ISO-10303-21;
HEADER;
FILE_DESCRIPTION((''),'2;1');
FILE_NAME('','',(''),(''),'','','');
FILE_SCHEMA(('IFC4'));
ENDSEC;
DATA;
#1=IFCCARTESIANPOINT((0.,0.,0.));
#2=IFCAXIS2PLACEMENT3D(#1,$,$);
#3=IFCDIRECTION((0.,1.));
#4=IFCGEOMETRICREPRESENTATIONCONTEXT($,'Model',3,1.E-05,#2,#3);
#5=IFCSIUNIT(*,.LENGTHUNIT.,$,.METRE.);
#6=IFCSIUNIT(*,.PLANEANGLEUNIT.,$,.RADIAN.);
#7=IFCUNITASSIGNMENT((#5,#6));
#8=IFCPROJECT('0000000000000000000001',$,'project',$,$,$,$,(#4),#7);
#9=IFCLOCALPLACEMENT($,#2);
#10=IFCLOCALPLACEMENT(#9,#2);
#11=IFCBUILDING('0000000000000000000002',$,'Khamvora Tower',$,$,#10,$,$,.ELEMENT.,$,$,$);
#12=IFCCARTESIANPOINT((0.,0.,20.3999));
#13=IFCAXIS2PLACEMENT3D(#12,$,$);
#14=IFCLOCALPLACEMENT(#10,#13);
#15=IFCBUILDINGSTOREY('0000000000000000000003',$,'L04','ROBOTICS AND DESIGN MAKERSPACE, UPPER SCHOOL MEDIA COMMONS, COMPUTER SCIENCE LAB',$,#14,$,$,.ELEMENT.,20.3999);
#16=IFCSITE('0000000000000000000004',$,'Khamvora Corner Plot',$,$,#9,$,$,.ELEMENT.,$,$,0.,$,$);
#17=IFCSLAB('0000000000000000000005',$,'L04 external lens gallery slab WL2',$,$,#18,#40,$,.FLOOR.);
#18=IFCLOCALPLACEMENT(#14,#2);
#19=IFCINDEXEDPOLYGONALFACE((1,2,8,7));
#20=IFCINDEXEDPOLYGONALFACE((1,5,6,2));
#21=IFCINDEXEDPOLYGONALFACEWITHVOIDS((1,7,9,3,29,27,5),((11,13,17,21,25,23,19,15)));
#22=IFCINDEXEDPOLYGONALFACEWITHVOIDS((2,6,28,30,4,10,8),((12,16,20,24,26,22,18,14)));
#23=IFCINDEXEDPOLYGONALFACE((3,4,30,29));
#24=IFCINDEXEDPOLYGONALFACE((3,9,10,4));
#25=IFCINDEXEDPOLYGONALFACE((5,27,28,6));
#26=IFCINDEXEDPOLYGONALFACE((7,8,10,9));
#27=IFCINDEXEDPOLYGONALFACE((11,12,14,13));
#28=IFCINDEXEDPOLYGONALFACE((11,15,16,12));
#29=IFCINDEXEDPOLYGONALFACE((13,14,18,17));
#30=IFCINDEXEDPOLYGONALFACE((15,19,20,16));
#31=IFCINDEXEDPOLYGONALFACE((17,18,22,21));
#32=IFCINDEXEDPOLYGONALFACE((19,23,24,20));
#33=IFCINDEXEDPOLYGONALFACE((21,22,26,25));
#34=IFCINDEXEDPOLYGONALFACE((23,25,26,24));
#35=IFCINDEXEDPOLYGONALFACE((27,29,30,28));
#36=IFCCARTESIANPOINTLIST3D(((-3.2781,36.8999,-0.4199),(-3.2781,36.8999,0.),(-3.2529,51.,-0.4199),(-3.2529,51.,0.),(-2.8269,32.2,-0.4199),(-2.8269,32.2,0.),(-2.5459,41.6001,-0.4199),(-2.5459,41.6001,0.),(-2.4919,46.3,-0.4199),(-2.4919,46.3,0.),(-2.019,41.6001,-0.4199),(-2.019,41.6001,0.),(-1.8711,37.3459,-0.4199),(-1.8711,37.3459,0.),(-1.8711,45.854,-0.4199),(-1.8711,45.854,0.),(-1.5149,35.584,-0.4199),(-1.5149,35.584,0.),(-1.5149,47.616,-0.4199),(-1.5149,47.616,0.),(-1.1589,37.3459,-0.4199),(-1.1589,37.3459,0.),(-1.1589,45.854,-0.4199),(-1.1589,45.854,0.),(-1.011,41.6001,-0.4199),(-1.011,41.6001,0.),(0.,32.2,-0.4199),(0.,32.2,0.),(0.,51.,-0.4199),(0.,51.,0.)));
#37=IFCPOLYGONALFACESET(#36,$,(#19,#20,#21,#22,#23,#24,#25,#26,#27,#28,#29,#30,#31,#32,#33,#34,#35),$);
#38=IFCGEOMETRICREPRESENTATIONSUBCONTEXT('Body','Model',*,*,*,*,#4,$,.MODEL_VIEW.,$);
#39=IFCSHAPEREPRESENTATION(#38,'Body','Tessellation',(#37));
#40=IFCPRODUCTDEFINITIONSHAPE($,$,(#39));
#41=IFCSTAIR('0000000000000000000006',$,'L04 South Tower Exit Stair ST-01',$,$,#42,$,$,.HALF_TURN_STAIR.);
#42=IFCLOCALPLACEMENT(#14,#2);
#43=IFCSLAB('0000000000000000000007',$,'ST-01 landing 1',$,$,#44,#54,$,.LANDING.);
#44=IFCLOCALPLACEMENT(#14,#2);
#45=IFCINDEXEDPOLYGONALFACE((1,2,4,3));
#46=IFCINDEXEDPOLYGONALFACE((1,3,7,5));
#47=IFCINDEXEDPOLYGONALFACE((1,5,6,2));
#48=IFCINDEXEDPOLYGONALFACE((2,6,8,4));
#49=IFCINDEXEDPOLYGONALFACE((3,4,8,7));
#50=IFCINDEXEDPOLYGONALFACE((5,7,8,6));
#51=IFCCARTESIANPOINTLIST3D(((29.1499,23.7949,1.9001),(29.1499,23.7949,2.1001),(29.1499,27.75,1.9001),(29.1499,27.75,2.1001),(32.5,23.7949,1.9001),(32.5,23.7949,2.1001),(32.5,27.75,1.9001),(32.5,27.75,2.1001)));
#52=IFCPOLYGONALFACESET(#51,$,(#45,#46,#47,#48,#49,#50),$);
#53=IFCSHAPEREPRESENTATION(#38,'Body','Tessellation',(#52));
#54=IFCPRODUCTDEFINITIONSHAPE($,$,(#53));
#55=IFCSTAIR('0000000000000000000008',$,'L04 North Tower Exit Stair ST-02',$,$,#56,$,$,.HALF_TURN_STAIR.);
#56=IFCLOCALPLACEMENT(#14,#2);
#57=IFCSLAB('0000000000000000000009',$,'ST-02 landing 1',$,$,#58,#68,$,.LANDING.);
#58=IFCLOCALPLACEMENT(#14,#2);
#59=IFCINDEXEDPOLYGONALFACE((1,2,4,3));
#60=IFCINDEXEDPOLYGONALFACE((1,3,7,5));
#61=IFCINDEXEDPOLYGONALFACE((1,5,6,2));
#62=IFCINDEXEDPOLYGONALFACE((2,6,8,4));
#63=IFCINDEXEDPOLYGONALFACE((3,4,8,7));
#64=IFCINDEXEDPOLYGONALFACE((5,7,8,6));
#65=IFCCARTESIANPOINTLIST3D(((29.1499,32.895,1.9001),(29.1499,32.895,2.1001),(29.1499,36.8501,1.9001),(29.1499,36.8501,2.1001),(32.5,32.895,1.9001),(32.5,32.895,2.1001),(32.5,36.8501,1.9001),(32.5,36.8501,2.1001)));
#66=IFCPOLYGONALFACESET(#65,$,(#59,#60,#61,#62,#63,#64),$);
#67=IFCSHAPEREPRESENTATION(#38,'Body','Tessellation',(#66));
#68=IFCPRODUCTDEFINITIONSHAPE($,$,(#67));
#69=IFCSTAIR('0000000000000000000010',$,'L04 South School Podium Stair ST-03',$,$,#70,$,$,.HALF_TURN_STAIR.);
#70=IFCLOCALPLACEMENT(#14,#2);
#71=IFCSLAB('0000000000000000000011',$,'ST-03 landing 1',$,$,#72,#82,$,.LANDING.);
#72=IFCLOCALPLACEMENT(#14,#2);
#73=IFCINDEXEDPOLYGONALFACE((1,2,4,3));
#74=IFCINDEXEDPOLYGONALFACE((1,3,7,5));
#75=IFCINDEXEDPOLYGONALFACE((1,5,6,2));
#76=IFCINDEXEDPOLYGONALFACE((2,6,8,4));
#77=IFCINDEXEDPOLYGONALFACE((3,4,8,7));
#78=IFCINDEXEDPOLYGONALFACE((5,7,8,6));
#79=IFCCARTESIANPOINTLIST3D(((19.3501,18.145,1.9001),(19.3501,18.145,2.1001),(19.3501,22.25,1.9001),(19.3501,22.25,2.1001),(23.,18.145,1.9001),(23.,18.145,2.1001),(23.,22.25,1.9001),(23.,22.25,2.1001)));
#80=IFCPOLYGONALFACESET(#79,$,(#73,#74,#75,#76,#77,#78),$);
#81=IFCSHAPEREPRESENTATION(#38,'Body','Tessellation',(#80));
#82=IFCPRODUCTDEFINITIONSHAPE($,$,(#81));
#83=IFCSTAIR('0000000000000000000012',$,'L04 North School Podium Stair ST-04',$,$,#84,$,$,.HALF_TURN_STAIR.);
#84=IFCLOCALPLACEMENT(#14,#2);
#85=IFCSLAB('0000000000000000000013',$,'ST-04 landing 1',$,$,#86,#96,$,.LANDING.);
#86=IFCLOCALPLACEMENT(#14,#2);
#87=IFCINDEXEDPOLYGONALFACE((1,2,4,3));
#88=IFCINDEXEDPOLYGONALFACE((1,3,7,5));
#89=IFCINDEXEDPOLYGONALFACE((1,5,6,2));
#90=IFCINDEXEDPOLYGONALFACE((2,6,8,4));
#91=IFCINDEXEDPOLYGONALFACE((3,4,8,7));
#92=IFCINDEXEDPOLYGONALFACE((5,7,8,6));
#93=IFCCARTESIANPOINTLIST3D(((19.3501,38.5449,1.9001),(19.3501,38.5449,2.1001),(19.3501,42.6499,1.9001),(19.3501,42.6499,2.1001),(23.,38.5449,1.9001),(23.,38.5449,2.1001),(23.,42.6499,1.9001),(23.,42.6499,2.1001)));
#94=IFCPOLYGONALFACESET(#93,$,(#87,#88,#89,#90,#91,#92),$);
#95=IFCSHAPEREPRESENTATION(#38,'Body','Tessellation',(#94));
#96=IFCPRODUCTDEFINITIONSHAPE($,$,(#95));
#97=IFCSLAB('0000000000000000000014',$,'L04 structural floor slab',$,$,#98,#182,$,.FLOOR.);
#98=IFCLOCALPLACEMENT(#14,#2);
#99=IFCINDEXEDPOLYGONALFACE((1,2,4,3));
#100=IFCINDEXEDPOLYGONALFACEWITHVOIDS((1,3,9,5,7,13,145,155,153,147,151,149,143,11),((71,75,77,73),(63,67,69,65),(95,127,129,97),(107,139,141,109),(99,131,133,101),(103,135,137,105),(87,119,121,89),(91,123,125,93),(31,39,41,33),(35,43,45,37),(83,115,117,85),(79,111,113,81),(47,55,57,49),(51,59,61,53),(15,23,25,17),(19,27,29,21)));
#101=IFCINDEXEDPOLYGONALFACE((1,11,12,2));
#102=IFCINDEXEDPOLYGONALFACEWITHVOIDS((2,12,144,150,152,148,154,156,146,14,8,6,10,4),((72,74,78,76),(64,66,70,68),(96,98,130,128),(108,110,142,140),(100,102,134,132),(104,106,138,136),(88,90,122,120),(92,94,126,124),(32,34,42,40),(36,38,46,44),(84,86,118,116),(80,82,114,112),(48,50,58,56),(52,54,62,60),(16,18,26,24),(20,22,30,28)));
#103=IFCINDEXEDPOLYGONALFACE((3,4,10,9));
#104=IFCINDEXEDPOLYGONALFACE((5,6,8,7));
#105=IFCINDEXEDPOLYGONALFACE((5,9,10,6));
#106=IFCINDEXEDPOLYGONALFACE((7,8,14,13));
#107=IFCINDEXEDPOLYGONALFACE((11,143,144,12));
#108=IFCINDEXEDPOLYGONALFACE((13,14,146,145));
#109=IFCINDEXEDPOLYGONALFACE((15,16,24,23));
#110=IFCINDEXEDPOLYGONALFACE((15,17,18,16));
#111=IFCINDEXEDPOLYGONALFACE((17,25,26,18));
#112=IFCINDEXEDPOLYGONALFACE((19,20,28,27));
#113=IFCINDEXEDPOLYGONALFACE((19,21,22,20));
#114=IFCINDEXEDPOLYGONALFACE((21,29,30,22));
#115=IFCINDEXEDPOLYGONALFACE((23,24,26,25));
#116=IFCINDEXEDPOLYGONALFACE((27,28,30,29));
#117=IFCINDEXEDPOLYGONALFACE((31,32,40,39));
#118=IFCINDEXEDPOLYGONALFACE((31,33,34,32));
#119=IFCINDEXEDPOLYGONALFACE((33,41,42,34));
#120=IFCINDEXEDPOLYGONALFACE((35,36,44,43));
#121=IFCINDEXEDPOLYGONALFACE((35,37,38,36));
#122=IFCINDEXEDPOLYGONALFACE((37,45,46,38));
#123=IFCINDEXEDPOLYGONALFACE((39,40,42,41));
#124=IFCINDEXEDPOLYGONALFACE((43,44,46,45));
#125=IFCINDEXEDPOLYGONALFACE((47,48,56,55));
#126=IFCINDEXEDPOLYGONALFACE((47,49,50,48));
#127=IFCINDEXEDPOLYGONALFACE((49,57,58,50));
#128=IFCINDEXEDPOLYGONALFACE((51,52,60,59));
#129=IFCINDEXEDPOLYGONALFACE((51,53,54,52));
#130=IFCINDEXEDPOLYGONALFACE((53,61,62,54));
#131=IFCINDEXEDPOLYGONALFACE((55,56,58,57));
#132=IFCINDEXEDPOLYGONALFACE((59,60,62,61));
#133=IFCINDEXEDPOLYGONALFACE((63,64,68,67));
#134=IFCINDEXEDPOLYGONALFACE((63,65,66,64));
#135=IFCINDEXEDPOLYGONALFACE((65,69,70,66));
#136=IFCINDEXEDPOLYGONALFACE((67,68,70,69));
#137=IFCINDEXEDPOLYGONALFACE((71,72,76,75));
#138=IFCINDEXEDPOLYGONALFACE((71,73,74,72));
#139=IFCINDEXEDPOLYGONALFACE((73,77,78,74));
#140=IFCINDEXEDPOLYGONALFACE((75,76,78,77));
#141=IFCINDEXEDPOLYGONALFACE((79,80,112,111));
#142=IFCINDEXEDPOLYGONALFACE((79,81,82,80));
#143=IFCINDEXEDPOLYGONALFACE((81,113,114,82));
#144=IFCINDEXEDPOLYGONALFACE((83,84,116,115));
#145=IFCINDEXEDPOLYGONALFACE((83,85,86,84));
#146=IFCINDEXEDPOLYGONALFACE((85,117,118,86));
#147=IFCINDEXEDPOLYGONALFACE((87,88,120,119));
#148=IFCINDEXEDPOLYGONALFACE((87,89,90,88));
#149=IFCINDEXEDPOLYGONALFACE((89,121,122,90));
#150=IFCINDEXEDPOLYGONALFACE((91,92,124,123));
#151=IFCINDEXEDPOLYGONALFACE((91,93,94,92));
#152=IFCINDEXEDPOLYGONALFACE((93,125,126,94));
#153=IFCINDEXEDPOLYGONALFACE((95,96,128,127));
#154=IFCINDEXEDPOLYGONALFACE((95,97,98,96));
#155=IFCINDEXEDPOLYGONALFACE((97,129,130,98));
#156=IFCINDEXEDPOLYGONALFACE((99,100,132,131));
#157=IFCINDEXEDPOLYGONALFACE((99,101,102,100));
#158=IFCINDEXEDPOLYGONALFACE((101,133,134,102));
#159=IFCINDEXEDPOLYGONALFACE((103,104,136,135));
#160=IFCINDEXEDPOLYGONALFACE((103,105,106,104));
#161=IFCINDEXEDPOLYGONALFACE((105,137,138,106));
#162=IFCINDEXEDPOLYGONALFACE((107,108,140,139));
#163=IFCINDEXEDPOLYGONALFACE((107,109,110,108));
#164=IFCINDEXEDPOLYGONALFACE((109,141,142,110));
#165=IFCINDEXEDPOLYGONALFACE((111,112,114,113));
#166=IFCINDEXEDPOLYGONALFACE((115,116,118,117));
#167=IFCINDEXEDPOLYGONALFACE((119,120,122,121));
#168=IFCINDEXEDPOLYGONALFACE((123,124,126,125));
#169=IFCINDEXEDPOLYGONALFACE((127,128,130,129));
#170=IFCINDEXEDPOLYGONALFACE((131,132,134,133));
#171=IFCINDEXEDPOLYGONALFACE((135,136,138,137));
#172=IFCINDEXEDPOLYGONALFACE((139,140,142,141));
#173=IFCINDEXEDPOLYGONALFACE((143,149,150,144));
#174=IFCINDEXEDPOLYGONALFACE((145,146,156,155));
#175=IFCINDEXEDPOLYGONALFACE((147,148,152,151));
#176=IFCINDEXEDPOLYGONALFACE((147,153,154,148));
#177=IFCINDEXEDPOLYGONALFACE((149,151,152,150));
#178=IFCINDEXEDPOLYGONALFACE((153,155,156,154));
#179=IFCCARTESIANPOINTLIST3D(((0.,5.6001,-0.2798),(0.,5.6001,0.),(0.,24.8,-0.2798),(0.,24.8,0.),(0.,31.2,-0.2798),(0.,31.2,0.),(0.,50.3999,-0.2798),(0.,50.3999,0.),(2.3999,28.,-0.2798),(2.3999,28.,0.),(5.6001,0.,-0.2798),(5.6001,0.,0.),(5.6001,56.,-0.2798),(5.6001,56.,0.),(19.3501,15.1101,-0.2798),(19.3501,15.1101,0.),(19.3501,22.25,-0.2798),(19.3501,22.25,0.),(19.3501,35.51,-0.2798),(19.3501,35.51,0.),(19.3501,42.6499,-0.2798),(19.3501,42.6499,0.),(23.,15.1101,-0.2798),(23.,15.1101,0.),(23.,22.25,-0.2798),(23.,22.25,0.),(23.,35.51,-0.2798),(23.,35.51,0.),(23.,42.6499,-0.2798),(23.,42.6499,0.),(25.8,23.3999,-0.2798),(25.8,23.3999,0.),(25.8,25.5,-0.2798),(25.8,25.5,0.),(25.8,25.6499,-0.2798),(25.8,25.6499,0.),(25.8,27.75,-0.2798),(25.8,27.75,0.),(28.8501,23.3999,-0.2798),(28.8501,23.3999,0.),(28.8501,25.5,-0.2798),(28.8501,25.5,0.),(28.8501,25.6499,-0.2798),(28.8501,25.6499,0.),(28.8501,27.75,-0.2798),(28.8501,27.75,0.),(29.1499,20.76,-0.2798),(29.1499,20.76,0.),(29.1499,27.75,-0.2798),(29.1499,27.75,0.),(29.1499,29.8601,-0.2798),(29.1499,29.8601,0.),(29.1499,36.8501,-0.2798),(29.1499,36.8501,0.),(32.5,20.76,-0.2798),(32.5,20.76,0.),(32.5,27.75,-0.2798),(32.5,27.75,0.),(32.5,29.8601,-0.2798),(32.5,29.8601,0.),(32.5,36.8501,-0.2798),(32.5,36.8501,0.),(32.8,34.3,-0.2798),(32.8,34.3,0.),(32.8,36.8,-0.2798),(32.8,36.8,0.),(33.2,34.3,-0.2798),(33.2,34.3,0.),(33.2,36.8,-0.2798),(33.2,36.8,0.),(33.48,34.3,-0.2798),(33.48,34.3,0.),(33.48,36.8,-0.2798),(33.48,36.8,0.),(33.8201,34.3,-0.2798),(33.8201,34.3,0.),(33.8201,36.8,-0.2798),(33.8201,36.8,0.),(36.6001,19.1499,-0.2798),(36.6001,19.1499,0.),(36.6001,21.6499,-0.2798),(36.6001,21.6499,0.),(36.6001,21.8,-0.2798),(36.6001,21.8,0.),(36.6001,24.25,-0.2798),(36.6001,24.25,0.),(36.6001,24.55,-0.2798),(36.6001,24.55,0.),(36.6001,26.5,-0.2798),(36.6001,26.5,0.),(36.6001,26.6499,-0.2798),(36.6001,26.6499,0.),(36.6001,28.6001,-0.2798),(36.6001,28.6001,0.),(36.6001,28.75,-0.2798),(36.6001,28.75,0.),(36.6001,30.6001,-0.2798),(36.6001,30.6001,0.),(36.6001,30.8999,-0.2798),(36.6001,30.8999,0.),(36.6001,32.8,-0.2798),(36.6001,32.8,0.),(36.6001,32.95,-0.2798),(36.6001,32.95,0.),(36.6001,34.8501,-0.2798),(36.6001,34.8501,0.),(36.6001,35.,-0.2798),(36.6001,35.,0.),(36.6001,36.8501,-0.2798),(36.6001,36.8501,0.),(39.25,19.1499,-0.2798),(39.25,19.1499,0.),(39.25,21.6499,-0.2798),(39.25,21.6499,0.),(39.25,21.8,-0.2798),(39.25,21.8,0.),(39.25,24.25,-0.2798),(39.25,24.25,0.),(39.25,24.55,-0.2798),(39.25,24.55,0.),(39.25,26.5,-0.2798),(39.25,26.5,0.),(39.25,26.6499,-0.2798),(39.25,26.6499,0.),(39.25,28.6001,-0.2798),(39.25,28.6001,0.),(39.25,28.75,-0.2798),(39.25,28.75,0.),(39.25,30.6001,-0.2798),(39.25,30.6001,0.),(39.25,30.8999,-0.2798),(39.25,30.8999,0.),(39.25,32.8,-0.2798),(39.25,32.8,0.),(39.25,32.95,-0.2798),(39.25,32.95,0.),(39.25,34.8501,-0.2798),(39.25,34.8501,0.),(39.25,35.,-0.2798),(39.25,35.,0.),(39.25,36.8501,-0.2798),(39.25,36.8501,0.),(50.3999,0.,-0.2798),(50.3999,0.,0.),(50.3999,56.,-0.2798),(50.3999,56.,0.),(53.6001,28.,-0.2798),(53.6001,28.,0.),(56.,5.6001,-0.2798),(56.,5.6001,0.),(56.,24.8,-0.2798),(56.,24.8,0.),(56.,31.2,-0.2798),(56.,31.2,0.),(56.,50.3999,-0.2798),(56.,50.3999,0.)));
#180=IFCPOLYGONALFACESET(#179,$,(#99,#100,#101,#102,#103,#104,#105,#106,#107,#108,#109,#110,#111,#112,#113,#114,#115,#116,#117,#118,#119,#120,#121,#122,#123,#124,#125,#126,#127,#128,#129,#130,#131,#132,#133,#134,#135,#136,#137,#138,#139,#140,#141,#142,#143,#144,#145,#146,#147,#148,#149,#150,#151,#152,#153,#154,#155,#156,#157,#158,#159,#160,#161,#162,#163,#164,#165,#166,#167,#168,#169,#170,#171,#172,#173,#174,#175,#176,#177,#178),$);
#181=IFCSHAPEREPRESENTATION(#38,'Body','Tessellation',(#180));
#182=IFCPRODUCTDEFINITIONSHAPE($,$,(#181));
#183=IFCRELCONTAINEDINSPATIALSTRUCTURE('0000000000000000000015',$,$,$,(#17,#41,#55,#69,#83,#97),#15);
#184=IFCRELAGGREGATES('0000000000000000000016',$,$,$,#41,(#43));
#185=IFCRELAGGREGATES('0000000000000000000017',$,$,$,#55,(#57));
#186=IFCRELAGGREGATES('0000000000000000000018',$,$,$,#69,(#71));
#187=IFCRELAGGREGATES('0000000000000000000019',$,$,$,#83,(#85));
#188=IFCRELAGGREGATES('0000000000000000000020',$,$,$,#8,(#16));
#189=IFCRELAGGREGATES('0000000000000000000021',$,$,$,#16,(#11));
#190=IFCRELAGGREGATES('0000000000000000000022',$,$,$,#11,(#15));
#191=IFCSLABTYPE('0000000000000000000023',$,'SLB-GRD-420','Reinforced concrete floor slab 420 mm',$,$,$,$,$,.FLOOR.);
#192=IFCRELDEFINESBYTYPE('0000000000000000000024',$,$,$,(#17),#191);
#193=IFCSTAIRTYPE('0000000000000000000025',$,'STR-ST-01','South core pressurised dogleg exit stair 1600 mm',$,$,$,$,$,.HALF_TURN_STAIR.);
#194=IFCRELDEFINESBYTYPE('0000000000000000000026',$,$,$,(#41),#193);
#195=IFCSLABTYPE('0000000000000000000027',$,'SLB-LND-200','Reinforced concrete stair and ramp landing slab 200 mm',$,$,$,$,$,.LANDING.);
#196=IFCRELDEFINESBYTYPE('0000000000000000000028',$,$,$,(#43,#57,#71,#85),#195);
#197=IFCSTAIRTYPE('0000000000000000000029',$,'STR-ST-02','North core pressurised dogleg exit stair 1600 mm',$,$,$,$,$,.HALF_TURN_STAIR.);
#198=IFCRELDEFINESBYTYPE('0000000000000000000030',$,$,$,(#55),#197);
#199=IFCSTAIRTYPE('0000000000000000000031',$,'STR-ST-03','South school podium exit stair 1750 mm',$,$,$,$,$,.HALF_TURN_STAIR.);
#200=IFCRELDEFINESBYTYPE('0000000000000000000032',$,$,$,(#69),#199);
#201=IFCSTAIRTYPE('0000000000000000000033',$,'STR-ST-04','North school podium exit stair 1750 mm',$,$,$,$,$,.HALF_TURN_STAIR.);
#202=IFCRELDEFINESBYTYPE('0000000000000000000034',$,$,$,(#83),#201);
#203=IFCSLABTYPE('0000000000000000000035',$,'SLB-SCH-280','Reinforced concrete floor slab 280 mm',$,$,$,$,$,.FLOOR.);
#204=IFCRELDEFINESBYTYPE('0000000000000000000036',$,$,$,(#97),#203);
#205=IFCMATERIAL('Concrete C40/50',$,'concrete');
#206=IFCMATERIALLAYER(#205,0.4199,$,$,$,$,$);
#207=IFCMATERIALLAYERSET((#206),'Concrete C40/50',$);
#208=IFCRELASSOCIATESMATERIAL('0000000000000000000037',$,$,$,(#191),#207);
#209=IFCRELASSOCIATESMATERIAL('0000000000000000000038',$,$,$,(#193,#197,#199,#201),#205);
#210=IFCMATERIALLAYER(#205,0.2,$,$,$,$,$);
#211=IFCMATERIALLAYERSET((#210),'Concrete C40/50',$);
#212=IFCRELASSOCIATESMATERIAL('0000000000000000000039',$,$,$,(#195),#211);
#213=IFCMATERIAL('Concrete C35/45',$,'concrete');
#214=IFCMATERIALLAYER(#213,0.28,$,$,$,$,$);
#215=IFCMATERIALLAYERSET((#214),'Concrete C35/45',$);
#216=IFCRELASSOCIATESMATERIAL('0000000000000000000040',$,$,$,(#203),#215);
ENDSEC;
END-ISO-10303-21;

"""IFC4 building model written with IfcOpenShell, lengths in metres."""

from ifc_helpers import new_model, si_unit, direction, frame, origin, place, context, subcontext, project, spatial, polyline, outline, extrude, material, layer, layer_set, type_object, element, aggregate, save


model = new_model("IFC4")

# Units and contexts
model_context = context("Model", 3, precision=1e-05, world=origin(), true_north=direction((0.0, 1.0)))
body_context = subcontext(model_context, "Body", "Model", "MODEL_VIEW")
ifc_project = project(units=[si_unit("LENGTHUNIT", "METRE"), si_unit("PLANEANGLEUNIT", "RADIAN")], contexts=[model_context])

# Site, building, storey
site_placement = place(None, origin())
site = spatial("IfcSite", under=ifc_project, at=site_placement, Name="Khamvora Corner Plot", CompositionType="ELEMENT", RefElevation=0.0)
building_placement = place(site_placement, origin())
building = spatial("IfcBuilding", under=site, at=building_placement, Name="Khamvora Tower", CompositionType="ELEMENT")
storey_placement = place(building_placement, frame((0.0, 0.0, 20.3999)))
storey = spatial("IfcBuildingStorey", under=building, at=storey_placement, Name="L04", Description="ROBOTICS AND DESIGN MAKERSPACE, UPPER SCHOOL MEDIA COMMONS, COMPUTER SCIENCE LAB", CompositionType="ELEMENT", Elevation=20.3999)

# Slab
ifc_material_1 = material(Name="Concrete C40/50", Category="concrete")
ifc_layer_1 = layer(ifc_material_1, 0.4199)
ifc_layer_set_1 = layer_set([ifc_layer_1], Name="Concrete C40/50")
slab_type_1 = type_object("IfcSlabType", Name="SLB-GRD-420", Description="Reinforced concrete floor slab 420 mm", PredefinedType="FLOOR", material=ifc_layer_set_1)
slab_1_placement = place(storey_placement, frame((0.0, 0.0, -0.4199)))
element("IfcSlab", 1, at=slab_1_placement, inside=storey, type_object=slab_type_1, Name="L04 external lens gallery slab WL2", PredefinedType="FLOOR", context=body_context, shape_type="SweptSolid", body=[
    extrude(outline(polyline([(0.0, 32.2), (0.0, 51.0), (-3.2529, 51.0), (-2.4919, 46.3), (-2.5459, 41.6001), (-3.2781, 36.8999), (-2.8269, 32.2), (0.0, 32.2)]), holes=[polyline([(-1.011, 41.6001), (-1.1589, 45.854), (-1.5149, 47.616), (-1.8711, 45.854), (-2.019, 41.6001), (-1.8711, 37.3459), (-1.5149, 35.584), (-1.1589, 37.3459), (-1.011, 41.6001)])]), origin(), (0.0, 0.0, 1.0), 0.4199),
])

# Stairs, slabs
stair_type_1 = type_object("IfcStairType", Name="STR-ST-01", Description="South core pressurised dogleg exit stair 1600 mm", PredefinedType="HALF_TURN_STAIR", material=ifc_material_1)
stair_1_placement = place(storey_placement, origin())
stair_1 = element("IfcStair", 2, at=stair_1_placement, inside=storey, type_object=stair_type_1, Name="L04 South Tower Exit Stair ST-01", PredefinedType="HALF_TURN_STAIR")
ifc_layer_2 = layer(ifc_material_1, 0.2)
ifc_layer_set_2 = layer_set([ifc_layer_2], Name="Concrete C40/50")
slab_type_2 = type_object("IfcSlabType", Name="SLB-LND-200", Description="Reinforced concrete stair and ramp landing slab 200 mm", PredefinedType="LANDING", material=ifc_layer_set_2)
slab_2_placement = place(storey_placement, frame((0.0, 0.0, 1.9001)))
slab_2 = element("IfcSlab", 3, at=slab_2_placement, type_object=slab_type_2, Name="ST-01 landing 1", PredefinedType="LANDING", context=body_context, shape_type="SweptSolid", body=[
    extrude(outline(polyline([(32.5, 23.7949), (32.5, 27.75), (29.1499, 27.75), (29.1499, 23.7949), (32.5, 23.7949)])), origin(), (0.0, 0.0, 1.0), 0.2),
])
aggregate(stair_1, [slab_2])
stair_type_2 = type_object("IfcStairType", Name="STR-ST-02", Description="North core pressurised dogleg exit stair 1600 mm", PredefinedType="HALF_TURN_STAIR", material=ifc_material_1)
stair_2_placement = place(storey_placement, origin())
stair_2 = element("IfcStair", 4, at=stair_2_placement, inside=storey, type_object=stair_type_2, Name="L04 North Tower Exit Stair ST-02", PredefinedType="HALF_TURN_STAIR")
slab_3_placement = place(storey_placement, frame((0.0, 0.0, 1.9001)))
slab_3 = element("IfcSlab", 5, at=slab_3_placement, type_object=slab_type_2, Name="ST-02 landing 1", PredefinedType="LANDING", context=body_context, shape_type="SweptSolid", body=[
    extrude(outline(polyline([(32.5, 32.895), (32.5, 36.8501), (29.1499, 36.8501), (29.1499, 32.895), (32.5, 32.895)])), origin(), (0.0, 0.0, 1.0), 0.2),
])
aggregate(stair_2, [slab_3])
stair_type_3 = type_object("IfcStairType", Name="STR-ST-03", Description="South school podium exit stair 1750 mm", PredefinedType="HALF_TURN_STAIR", material=ifc_material_1)
stair_3_placement = place(storey_placement, origin())
stair_3 = element("IfcStair", 6, at=stair_3_placement, inside=storey, type_object=stair_type_3, Name="L04 South School Podium Stair ST-03", PredefinedType="HALF_TURN_STAIR")
slab_4_placement = place(storey_placement, frame((0.0, 0.0, 1.9001)))
slab_4 = element("IfcSlab", 7, at=slab_4_placement, type_object=slab_type_2, Name="ST-03 landing 1", PredefinedType="LANDING", context=body_context, shape_type="SweptSolid", body=[
    extrude(outline(polyline([(23.0, 18.145), (23.0, 22.25), (19.3501, 22.25), (19.3501, 18.145), (23.0, 18.145)])), origin(), (0.0, 0.0, 1.0), 0.2),
])
aggregate(stair_3, [slab_4])
stair_type_4 = type_object("IfcStairType", Name="STR-ST-04", Description="North school podium exit stair 1750 mm", PredefinedType="HALF_TURN_STAIR", material=ifc_material_1)
stair_4_placement = place(storey_placement, origin())
stair_4 = element("IfcStair", 8, at=stair_4_placement, inside=storey, type_object=stair_type_4, Name="L04 North School Podium Stair ST-04", PredefinedType="HALF_TURN_STAIR")
slab_5_placement = place(storey_placement, frame((0.0, 0.0, 1.9001)))
slab_5 = element("IfcSlab", 9, at=slab_5_placement, type_object=slab_type_2, Name="ST-04 landing 1", PredefinedType="LANDING", context=body_context, shape_type="SweptSolid", body=[
    extrude(outline(polyline([(23.0, 38.5449), (23.0, 42.6499), (19.3501, 42.6499), (19.3501, 38.5449), (23.0, 38.5449)])), origin(), (0.0, 0.0, 1.0), 0.2),
])
aggregate(stair_4, [slab_5])

# Slab
ifc_material_2 = material(Name="Concrete C35/45", Category="concrete")
ifc_layer_3 = layer(ifc_material_2, 0.28)
ifc_layer_set_3 = layer_set([ifc_layer_3], Name="Concrete C35/45")
slab_type_3 = type_object("IfcSlabType", Name="SLB-SCH-280", Description="Reinforced concrete floor slab 280 mm", PredefinedType="FLOOR", material=ifc_layer_set_3)
slab_6_placement = place(storey_placement, frame((0.0, 0.0, -0.2798)))
element("IfcSlab", 10, at=slab_6_placement, inside=storey, type_object=slab_type_3, Name="L04 structural floor slab", PredefinedType="FLOOR", context=body_context, shape_type="SweptSolid", body=[
    extrude(outline(polyline([(5.6001, 0.0), (50.3999, 0.0), (56.0, 5.6001), (56.0, 24.8), (53.6001, 28.0), (56.0, 31.2), (56.0, 50.3999), (50.3999, 56.0), (5.6001, 56.0), (0.0, 50.3999), (0.0, 31.2), (2.3999, 28.0), (0.0, 24.8), (0.0, 5.6001), (5.6001, 0.0)]), holes=[polyline([(32.5, 20.76), (32.5, 27.75), (29.1499, 27.75), (29.1499, 20.76), (32.5, 20.76)]), polyline([(32.5, 29.8601), (32.5, 36.8501), (29.1499, 36.8501), (29.1499, 29.8601), (32.5, 29.8601)]), polyline([(23.0, 15.1101), (23.0, 22.25), (19.3501, 22.25), (19.3501, 15.1101), (23.0, 15.1101)]), polyline([(23.0, 35.51), (23.0, 42.6499), (19.3501, 42.6499), (19.3501, 35.51), (23.0, 35.51)]), polyline([(36.6001, 19.1499), (39.25, 19.1499), (39.25, 21.6499), (36.6001, 21.6499), (36.6001, 19.1499)]), polyline([(36.6001, 21.8), (39.25, 21.8), (39.25, 24.25), (36.6001, 24.25), (36.6001, 21.8)]), polyline([(36.6001, 24.55), (39.25, 24.55), (39.25, 26.5), (36.6001, 26.5), (36.6001, 24.55)]), polyline([(36.6001, 26.6499), (39.25, 26.6499), (39.25, 28.6001), (36.6001, 28.6001), (36.6001, 26.6499)]), polyline([(36.6001, 28.75), (39.25, 28.75), (39.25, 30.6001), (36.6001, 30.6001), (36.6001, 28.75)]), polyline([(36.6001, 30.8999), (39.25, 30.8999), (39.25, 32.8), (36.6001, 32.8), (36.6001, 30.8999)]), polyline([(36.6001, 32.95), (39.25, 32.95), (39.25, 34.8501), (36.6001, 34.8501), (36.6001, 32.95)]), polyline([(36.6001, 35.0), (39.25, 35.0), (39.25, 36.8501), (36.6001, 36.8501), (36.6001, 35.0)]), polyline([(25.8, 23.3999), (28.8501, 23.3999), (28.8501, 25.5), (25.8, 25.5), (25.8, 23.3999)]), polyline([(25.8, 25.6499), (28.8501, 25.6499), (28.8501, 27.75), (25.8, 27.75), (25.8, 25.6499)]), polyline([(32.8, 34.3), (33.2, 34.3), (33.2, 36.8), (32.8, 36.8), (32.8, 34.3)]), polyline([(33.48, 34.3), (33.8201, 34.3), (33.8201, 36.8), (33.48, 36.8), (33.48, 34.3)])]), origin(), (0.0, 0.0, 1.0), 0.2798),
])

save(model, "model.ifc")
